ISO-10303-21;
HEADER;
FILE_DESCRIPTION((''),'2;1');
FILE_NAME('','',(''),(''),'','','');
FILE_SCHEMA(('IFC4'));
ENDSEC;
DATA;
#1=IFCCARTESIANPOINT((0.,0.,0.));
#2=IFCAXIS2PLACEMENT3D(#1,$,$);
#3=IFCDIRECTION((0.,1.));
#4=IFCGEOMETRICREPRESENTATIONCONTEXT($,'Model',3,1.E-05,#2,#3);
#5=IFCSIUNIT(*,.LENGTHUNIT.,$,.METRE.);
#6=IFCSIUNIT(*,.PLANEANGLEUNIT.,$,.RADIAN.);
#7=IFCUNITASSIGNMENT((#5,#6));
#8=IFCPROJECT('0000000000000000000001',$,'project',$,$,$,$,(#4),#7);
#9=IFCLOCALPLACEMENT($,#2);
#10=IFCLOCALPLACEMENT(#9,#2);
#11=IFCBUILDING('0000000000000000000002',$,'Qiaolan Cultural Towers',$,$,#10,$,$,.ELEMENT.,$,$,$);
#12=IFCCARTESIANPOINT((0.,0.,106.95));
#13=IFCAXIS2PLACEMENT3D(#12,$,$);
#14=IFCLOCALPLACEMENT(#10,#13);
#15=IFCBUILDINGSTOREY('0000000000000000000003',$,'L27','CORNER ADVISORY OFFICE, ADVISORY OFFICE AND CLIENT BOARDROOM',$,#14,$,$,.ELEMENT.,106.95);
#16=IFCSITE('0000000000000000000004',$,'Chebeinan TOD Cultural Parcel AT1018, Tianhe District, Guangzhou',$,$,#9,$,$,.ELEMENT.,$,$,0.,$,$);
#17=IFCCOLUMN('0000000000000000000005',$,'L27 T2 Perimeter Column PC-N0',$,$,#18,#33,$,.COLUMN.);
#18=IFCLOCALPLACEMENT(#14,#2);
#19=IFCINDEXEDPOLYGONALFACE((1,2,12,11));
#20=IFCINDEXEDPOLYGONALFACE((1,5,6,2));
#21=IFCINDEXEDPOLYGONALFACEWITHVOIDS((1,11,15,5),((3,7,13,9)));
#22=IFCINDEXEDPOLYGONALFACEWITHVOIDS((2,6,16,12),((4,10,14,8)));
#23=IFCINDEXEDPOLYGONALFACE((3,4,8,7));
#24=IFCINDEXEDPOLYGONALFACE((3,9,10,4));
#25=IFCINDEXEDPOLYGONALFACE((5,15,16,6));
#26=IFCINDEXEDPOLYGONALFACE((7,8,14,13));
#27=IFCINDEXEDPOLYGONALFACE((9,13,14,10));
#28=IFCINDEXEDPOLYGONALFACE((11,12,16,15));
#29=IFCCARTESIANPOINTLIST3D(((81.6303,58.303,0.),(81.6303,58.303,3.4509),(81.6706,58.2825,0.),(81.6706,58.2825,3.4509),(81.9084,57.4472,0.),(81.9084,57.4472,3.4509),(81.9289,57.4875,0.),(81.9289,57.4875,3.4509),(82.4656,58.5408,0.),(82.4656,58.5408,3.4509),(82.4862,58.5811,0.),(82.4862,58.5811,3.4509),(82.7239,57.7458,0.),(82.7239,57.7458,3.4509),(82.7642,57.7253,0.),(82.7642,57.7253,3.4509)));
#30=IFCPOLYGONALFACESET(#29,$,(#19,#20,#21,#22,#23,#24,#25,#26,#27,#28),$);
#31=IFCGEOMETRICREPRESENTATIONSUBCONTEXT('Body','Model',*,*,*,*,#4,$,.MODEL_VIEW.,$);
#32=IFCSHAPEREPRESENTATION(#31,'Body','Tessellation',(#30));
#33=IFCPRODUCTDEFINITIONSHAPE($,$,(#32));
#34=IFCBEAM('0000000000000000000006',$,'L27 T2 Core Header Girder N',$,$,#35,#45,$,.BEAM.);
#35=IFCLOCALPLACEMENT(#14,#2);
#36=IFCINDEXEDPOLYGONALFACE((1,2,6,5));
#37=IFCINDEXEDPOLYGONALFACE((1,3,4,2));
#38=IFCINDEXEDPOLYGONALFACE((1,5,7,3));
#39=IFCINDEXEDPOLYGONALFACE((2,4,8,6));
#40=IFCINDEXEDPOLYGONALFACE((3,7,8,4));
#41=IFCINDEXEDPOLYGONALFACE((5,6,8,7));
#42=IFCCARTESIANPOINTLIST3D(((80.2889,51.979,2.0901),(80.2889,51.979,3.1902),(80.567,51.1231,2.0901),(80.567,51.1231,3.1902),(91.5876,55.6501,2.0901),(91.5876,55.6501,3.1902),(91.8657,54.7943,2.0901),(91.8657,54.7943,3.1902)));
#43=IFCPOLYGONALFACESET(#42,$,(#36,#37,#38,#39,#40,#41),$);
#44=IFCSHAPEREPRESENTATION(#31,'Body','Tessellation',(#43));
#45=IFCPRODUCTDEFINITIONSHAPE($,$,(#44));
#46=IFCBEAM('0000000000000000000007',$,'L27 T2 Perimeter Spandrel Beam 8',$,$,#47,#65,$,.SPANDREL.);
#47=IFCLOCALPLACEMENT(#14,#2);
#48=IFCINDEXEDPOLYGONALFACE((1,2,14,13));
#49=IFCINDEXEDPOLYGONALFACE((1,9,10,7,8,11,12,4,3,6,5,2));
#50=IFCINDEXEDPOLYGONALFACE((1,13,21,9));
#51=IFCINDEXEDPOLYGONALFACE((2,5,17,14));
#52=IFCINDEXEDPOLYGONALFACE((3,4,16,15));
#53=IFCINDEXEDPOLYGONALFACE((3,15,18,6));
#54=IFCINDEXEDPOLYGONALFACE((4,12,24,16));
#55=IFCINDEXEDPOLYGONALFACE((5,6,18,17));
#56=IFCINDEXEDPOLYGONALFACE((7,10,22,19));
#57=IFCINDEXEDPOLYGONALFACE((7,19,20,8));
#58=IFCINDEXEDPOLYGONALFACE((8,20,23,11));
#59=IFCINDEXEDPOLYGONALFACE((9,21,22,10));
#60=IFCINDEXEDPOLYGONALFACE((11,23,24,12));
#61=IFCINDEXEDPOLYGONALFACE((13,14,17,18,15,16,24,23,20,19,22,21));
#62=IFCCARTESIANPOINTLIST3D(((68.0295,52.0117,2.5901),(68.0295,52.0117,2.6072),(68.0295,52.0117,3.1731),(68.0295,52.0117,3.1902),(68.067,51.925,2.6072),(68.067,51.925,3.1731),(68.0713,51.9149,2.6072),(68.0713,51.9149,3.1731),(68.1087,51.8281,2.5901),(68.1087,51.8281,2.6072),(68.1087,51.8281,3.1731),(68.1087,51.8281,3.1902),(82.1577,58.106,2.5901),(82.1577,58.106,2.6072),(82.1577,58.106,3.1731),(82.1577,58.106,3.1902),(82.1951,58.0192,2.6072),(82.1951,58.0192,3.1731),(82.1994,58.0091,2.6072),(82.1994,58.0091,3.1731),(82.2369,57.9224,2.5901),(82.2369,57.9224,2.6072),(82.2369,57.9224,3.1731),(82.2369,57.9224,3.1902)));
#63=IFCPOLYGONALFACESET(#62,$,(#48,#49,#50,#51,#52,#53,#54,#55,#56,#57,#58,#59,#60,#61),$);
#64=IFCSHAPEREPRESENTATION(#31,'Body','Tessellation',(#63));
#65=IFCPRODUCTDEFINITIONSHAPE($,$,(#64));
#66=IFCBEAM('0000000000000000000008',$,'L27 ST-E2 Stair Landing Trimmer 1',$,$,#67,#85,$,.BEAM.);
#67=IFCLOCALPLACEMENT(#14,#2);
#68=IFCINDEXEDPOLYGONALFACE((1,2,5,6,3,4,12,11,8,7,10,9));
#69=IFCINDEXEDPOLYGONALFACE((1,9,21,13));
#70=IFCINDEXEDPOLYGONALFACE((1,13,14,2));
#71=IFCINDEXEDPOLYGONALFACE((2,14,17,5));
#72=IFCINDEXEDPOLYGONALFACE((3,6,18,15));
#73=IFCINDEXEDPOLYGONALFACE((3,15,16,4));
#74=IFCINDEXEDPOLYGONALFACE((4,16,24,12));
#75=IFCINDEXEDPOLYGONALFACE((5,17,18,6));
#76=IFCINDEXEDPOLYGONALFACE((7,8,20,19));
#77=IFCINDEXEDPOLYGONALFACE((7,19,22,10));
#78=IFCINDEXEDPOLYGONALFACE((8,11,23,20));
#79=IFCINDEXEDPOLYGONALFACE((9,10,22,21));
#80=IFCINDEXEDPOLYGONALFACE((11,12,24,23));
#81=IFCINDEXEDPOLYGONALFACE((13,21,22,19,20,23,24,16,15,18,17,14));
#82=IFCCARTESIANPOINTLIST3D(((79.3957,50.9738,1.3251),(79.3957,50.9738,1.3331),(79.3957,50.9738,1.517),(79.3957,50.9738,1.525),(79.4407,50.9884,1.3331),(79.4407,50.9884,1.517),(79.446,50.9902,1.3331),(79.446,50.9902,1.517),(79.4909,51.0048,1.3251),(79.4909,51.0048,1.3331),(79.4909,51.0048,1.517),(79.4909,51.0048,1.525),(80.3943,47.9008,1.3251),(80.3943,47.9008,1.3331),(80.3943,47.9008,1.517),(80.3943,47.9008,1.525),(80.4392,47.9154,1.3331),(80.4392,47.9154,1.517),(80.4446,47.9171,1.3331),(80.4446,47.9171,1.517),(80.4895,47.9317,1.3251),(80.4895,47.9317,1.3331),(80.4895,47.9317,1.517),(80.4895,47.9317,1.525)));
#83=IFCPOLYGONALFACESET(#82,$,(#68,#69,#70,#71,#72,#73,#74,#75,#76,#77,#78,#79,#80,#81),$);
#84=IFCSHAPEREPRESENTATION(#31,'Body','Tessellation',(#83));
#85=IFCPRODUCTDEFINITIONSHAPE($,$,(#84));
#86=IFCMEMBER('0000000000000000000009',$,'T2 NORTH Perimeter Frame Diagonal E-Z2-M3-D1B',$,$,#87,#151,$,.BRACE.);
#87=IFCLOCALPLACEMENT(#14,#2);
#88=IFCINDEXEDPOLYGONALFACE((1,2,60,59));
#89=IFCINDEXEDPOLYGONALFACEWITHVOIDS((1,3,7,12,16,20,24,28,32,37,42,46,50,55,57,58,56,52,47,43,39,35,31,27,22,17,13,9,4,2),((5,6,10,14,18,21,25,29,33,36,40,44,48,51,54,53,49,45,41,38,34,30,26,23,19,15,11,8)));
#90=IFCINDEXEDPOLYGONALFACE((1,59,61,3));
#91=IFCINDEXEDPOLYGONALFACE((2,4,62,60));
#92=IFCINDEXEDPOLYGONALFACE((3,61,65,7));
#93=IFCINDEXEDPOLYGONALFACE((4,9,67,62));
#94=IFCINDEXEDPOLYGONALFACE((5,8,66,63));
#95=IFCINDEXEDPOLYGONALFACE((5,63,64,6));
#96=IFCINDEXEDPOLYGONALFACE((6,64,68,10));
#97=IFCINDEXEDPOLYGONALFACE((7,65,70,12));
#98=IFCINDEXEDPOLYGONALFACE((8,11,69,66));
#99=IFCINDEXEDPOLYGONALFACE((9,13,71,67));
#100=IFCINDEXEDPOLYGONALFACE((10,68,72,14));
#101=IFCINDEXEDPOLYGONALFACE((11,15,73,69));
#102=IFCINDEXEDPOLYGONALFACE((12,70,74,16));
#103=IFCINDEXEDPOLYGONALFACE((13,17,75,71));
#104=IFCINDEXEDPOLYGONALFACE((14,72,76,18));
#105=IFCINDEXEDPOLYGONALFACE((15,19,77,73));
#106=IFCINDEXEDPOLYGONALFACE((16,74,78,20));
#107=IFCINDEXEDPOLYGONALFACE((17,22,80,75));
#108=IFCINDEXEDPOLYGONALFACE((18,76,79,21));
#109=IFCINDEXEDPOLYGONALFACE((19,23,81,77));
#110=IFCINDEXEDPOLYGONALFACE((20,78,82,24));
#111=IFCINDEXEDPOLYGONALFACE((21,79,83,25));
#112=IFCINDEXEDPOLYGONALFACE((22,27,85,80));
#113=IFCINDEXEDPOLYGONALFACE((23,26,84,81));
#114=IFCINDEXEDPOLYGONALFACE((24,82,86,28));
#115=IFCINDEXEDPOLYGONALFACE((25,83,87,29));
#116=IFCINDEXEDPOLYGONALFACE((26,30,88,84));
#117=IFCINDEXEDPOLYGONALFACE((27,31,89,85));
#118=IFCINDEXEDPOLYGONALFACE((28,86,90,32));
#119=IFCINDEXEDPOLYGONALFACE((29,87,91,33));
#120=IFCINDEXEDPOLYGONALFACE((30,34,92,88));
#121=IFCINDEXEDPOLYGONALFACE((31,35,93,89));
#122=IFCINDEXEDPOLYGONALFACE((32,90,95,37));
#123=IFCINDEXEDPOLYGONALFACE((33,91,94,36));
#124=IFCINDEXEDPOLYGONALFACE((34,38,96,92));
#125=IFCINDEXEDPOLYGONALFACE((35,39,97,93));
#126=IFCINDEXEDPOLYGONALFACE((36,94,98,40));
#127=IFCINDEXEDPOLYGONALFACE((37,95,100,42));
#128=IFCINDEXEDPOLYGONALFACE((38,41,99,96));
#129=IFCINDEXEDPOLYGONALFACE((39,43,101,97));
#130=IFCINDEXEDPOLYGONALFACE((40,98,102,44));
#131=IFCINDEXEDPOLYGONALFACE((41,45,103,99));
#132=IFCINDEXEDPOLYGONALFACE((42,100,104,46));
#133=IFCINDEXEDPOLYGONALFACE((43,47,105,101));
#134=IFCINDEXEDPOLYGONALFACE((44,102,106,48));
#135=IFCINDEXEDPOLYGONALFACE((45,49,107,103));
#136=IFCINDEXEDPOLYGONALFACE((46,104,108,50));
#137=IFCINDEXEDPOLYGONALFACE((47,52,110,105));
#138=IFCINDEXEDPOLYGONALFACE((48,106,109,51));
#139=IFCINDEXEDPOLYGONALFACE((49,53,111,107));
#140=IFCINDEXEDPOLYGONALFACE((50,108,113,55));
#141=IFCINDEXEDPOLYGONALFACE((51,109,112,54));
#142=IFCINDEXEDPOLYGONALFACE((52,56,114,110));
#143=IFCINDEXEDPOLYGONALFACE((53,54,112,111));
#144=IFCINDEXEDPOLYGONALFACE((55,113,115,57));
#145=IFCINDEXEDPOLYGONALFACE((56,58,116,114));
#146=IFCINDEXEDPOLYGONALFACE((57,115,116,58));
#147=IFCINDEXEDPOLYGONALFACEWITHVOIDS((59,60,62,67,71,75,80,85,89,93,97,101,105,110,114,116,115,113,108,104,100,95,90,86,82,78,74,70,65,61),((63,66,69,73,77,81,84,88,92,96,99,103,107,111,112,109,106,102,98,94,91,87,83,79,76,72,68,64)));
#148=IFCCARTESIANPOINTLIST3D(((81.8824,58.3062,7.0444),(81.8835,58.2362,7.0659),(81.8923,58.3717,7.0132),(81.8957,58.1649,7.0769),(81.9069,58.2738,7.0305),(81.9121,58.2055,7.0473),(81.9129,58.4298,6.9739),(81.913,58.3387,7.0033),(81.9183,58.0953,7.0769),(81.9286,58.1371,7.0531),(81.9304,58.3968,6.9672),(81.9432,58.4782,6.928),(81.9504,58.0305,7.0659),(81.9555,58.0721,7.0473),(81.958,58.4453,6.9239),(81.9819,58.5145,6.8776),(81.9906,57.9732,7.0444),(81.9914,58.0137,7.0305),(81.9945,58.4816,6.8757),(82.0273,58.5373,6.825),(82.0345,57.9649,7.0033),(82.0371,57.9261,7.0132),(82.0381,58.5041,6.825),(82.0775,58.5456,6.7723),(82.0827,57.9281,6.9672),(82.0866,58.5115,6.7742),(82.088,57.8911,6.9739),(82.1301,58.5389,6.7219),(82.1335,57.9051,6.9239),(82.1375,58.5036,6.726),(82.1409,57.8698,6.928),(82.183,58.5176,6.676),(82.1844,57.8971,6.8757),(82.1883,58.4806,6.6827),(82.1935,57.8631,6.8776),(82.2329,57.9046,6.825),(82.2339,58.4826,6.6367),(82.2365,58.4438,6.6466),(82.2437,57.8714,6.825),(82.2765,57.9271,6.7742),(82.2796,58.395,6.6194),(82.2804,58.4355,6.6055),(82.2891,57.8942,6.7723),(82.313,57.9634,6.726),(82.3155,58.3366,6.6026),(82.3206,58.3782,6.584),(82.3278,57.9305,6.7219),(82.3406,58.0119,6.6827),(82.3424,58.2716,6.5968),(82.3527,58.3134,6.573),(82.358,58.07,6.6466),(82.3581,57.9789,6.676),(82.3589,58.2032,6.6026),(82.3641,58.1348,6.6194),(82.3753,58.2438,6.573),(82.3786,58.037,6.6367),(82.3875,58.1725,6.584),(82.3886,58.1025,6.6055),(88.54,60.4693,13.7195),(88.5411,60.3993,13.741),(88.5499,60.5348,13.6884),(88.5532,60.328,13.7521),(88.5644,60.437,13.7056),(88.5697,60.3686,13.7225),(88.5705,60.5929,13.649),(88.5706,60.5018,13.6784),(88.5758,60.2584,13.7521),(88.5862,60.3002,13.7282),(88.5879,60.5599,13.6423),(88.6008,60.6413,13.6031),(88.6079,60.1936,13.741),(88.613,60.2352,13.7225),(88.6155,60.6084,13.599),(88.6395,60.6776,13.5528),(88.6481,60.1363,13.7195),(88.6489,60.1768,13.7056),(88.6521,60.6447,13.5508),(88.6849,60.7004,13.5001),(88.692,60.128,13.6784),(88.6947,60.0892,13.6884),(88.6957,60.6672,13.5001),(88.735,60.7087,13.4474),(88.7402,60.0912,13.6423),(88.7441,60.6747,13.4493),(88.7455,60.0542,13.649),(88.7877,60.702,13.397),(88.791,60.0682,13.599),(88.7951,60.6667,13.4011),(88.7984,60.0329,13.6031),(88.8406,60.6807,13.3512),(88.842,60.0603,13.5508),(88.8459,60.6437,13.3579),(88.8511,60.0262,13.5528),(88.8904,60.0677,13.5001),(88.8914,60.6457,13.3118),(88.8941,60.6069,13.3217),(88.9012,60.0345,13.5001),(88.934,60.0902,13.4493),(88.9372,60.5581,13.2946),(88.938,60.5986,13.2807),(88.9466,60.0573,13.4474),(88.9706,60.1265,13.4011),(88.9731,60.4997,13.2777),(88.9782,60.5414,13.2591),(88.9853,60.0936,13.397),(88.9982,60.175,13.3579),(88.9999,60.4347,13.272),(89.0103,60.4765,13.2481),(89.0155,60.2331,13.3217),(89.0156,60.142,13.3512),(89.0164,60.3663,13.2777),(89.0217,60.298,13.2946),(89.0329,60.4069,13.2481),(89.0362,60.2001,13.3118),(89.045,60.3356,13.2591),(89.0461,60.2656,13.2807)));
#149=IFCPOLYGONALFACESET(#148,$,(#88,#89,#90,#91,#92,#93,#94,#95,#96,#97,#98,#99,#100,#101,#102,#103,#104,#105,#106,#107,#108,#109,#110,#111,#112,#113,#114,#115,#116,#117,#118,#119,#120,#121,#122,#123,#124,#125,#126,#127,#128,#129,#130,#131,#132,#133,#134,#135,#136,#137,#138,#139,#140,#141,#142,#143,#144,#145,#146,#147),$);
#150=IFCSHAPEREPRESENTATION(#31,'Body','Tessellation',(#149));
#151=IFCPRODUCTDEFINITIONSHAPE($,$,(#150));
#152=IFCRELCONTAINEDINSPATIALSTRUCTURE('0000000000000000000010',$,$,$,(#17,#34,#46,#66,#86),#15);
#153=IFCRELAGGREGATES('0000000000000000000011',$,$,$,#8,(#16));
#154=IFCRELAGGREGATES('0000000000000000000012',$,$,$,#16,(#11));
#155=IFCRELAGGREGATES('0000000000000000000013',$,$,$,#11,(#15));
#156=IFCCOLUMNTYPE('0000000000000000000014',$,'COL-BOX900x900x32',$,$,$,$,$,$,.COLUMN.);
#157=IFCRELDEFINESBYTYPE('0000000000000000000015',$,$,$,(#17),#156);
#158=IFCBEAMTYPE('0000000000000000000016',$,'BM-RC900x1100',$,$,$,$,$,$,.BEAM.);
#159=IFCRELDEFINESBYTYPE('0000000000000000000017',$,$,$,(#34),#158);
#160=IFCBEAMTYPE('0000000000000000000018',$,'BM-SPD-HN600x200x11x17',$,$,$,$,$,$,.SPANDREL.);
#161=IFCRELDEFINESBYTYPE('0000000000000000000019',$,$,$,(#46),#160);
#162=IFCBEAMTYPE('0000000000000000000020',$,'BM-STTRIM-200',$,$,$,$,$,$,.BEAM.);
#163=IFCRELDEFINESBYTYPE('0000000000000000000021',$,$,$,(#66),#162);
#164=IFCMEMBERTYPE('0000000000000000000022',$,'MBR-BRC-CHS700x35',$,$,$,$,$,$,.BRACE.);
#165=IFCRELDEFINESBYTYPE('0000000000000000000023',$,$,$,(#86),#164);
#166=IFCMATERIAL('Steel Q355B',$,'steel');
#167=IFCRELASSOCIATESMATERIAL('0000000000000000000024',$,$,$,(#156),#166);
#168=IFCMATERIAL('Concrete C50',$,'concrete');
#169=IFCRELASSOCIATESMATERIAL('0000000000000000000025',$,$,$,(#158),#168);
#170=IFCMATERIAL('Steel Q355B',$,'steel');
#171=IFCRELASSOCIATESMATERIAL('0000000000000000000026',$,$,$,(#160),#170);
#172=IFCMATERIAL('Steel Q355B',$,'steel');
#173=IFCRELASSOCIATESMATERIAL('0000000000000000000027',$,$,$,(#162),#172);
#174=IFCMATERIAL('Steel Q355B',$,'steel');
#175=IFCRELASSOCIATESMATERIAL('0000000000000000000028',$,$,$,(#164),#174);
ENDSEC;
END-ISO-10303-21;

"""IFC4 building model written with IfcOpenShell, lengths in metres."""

from ifc_helpers import new_model, si_unit, direction, frame, origin, origin_2d, place, context, subcontext, project, spatial, rectangle, hollow_rectangle, hollow_circle, i_section, extrude, material, material_profile, profile_set, type_object, element, save


model = new_model("IFC4")

# Units and contexts
model_context = context("Model", 3, precision=1e-05, world=origin(), true_north=direction((0.0, 1.0)))
body_context = subcontext(model_context, "Body", "Model", "MODEL_VIEW")
ifc_project = project(units=[si_unit("LENGTHUNIT", "METRE"), si_unit("PLANEANGLEUNIT", "RADIAN")], contexts=[model_context])

# Site, building, storey
site_placement = place(None, origin())
site = spatial("IfcSite", under=ifc_project, at=site_placement, Name="Chebeinan TOD Cultural Parcel AT1018, Tianhe District, Guangzhou", CompositionType="ELEMENT", RefElevation=0.0)
building_placement = place(site_placement, origin())
building = spatial("IfcBuilding", under=site, at=building_placement, Name="Qiaolan Cultural Towers", CompositionType="ELEMENT")
storey_placement = place(building_placement, frame((0.0, 0.0, 106.95)))
storey = spatial("IfcBuildingStorey", under=building, at=storey_placement, Name="L27", Description="CORNER ADVISORY OFFICE, ADVISORY OFFICE AND CLIENT BOARDROOM", CompositionType="ELEMENT", Elevation=106.95)

# Column
ifc_material_1 = material(Name="Steel Q355B", Category="steel")
ifc_material_profile_1 = material_profile(ifc_material_1, hollow_rectangle(XDim=0.8999, YDim=0.8999, WallThickness=0.032, at=origin_2d()), Name="BOX900x900x32")
ifc_profile_set_1 = profile_set([ifc_material_profile_1], Name="Steel Q355B")
column_type = type_object("IfcColumnType", Name="COL-BOX900x900x32", PredefinedType="COLUMN", material=ifc_profile_set_1)
column_placement = place(storey_placement, frame((82.1973, 58.0142, 0.0), z_axis=(0.0, 0.0, 1.0), x_axis=(0.951057, 0.309017, 0.0)))
element("IfcColumn", 1, at=column_placement, inside=storey, type_object=column_type, Name="L27 T2 Perimeter Column PC-N0", PredefinedType="COLUMN", context=body_context, shape_type="SweptSolid", body=[
    extrude(hollow_rectangle(XDim=0.8999, YDim=0.8999, WallThickness=0.032, at=origin_2d()), origin(), (0.0, 0.0, 1.0), 3.4509),
])

# Beams
ifc_material_2 = material(Name="Concrete C50", Category="concrete")
ifc_material_profile_2 = material_profile(ifc_material_2, rectangle(XDim=0.8999, YDim=1.1001, at=origin_2d()), Name="RC900x1100")
ifc_profile_set_2 = profile_set([ifc_material_profile_2], Name="Concrete C50")
beam_type_1 = type_object("IfcBeamType", Name="BM-RC900x1100", PredefinedType="BEAM", material=ifc_profile_set_2)
beam_1_placement = place(storey_placement, frame((80.428, 51.551, 2.6401), z_axis=(0.951056, 0.309018, 0.0), x_axis=(-0.309018, 0.951056, 0.0)))
element("IfcBeam", 2, at=beam_1_placement, inside=storey, type_object=beam_type_1, Name="L27 T2 Core Header Girder N", PredefinedType="BEAM", context=body_context, shape_type="SweptSolid", body=[
    extrude(rectangle(XDim=0.8999, YDim=1.1001, at=origin_2d()), origin(), (0.0, 0.0, 1.0), 11.8801),
])
ifc_material_3 = material(Name="Steel Q355B", Category="steel")
ifc_material_profile_3 = material_profile(ifc_material_3, i_section(OverallWidth=0.2, OverallDepth=0.6001, WebThickness=0.011, FlangeThickness=0.0171, at=origin_2d()), Name="HN600x200x11x17")
ifc_profile_set_3 = profile_set([ifc_material_profile_3], Name="Steel Q355B")
beam_type_2 = type_object("IfcBeamType", Name="BM-SPD-HN600x200x11x17", PredefinedType="SPANDREL", material=ifc_profile_set_3)
beam_2_placement = place(storey_placement, frame((82.1973, 58.0142, 2.8901), z_axis=(-0.918218, -0.396076, 0.0), x_axis=(0.396076, -0.918218, 0.0)))
element("IfcBeam", 3, at=beam_2_placement, inside=storey, type_object=beam_type_2, Name="L27 T2 Perimeter Spandrel Beam 8", PredefinedType="SPANDREL", context=body_context, shape_type="SweptSolid", body=[
    extrude(i_section(OverallWidth=0.2, OverallDepth=0.6001, WebThickness=0.011, FlangeThickness=0.0171, at=origin_2d()), origin(), (0.0, 0.0, 1.0), 15.3865),
])
ifc_material_4 = material(Name="Steel Q355B", Category="steel")
ifc_material_profile_4 = material_profile(ifc_material_4, i_section(OverallWidth=0.1001, OverallDepth=0.2, WebThickness=0.0056, FlangeThickness=0.0081, at=origin_2d()), Name="HN200x100x5.5x8")
ifc_profile_set_4 = profile_set([ifc_material_profile_4], Name="Steel Q355B")
beam_type_3 = type_object("IfcBeamType", Name="BM-STTRIM-200", PredefinedType="BEAM", material=ifc_profile_set_4)
beam_3_placement = place(storey_placement, frame((80.4419, 47.9163, 1.425), z_axis=(-0.309033, 0.951051, 0.0), x_axis=(-0.951051, -0.309033, 0.0)))
element("IfcBeam", 4, at=beam_3_placement, inside=storey, type_object=beam_type_3, Name="L27 ST-E2 Stair Landing Trimmer 1", PredefinedType="BEAM", context=body_context, shape_type="SweptSolid", body=[
    extrude(i_section(OverallWidth=0.1001, OverallDepth=0.2, WebThickness=0.0056, FlangeThickness=0.0081, at=origin_2d()), origin(), (0.0, 0.0, 1.0), 3.2312),
])

# Member
ifc_material_5 = material(Name="Steel Q355B", Category="steel")
ifc_material_profile_5 = material_profile(ifc_material_5, hollow_circle(Radius=0.3501, WallThickness=0.0349, at=origin_2d()), Name="CHS700x35")
ifc_profile_set_5 = profile_set([ifc_material_profile_5], Name="Steel Q355B")
member_type = type_object("IfcMemberType", Name="MBR-BRC-CHS700x35", PredefinedType="BRACE", material=ifc_profile_set_5)
for number, where, z_axis, x_axis, name in (
    (5, (82.1355, 58.2043, 6.825), (0.688289, 0.223633, 0.690106), (-0.30901, 0.951059, 0.0), "T2 NORTH Perimeter Frame Diagonal E-Z2-M3-D1B"),
):
    element("IfcMember", number, at=place(storey_placement, frame(where, z_axis=z_axis, x_axis=x_axis)), inside=storey, type_object=member_type, Name=name, PredefinedType="BRACE", context=body_context, shape_type="SweptSolid", body=[
        extrude(hollow_circle(Radius=0.3501, WallThickness=0.0349, at=origin_2d()), origin(), (0.0, 0.0, 1.0), 9.6726),
    ])

save(model, "model.ifc")
